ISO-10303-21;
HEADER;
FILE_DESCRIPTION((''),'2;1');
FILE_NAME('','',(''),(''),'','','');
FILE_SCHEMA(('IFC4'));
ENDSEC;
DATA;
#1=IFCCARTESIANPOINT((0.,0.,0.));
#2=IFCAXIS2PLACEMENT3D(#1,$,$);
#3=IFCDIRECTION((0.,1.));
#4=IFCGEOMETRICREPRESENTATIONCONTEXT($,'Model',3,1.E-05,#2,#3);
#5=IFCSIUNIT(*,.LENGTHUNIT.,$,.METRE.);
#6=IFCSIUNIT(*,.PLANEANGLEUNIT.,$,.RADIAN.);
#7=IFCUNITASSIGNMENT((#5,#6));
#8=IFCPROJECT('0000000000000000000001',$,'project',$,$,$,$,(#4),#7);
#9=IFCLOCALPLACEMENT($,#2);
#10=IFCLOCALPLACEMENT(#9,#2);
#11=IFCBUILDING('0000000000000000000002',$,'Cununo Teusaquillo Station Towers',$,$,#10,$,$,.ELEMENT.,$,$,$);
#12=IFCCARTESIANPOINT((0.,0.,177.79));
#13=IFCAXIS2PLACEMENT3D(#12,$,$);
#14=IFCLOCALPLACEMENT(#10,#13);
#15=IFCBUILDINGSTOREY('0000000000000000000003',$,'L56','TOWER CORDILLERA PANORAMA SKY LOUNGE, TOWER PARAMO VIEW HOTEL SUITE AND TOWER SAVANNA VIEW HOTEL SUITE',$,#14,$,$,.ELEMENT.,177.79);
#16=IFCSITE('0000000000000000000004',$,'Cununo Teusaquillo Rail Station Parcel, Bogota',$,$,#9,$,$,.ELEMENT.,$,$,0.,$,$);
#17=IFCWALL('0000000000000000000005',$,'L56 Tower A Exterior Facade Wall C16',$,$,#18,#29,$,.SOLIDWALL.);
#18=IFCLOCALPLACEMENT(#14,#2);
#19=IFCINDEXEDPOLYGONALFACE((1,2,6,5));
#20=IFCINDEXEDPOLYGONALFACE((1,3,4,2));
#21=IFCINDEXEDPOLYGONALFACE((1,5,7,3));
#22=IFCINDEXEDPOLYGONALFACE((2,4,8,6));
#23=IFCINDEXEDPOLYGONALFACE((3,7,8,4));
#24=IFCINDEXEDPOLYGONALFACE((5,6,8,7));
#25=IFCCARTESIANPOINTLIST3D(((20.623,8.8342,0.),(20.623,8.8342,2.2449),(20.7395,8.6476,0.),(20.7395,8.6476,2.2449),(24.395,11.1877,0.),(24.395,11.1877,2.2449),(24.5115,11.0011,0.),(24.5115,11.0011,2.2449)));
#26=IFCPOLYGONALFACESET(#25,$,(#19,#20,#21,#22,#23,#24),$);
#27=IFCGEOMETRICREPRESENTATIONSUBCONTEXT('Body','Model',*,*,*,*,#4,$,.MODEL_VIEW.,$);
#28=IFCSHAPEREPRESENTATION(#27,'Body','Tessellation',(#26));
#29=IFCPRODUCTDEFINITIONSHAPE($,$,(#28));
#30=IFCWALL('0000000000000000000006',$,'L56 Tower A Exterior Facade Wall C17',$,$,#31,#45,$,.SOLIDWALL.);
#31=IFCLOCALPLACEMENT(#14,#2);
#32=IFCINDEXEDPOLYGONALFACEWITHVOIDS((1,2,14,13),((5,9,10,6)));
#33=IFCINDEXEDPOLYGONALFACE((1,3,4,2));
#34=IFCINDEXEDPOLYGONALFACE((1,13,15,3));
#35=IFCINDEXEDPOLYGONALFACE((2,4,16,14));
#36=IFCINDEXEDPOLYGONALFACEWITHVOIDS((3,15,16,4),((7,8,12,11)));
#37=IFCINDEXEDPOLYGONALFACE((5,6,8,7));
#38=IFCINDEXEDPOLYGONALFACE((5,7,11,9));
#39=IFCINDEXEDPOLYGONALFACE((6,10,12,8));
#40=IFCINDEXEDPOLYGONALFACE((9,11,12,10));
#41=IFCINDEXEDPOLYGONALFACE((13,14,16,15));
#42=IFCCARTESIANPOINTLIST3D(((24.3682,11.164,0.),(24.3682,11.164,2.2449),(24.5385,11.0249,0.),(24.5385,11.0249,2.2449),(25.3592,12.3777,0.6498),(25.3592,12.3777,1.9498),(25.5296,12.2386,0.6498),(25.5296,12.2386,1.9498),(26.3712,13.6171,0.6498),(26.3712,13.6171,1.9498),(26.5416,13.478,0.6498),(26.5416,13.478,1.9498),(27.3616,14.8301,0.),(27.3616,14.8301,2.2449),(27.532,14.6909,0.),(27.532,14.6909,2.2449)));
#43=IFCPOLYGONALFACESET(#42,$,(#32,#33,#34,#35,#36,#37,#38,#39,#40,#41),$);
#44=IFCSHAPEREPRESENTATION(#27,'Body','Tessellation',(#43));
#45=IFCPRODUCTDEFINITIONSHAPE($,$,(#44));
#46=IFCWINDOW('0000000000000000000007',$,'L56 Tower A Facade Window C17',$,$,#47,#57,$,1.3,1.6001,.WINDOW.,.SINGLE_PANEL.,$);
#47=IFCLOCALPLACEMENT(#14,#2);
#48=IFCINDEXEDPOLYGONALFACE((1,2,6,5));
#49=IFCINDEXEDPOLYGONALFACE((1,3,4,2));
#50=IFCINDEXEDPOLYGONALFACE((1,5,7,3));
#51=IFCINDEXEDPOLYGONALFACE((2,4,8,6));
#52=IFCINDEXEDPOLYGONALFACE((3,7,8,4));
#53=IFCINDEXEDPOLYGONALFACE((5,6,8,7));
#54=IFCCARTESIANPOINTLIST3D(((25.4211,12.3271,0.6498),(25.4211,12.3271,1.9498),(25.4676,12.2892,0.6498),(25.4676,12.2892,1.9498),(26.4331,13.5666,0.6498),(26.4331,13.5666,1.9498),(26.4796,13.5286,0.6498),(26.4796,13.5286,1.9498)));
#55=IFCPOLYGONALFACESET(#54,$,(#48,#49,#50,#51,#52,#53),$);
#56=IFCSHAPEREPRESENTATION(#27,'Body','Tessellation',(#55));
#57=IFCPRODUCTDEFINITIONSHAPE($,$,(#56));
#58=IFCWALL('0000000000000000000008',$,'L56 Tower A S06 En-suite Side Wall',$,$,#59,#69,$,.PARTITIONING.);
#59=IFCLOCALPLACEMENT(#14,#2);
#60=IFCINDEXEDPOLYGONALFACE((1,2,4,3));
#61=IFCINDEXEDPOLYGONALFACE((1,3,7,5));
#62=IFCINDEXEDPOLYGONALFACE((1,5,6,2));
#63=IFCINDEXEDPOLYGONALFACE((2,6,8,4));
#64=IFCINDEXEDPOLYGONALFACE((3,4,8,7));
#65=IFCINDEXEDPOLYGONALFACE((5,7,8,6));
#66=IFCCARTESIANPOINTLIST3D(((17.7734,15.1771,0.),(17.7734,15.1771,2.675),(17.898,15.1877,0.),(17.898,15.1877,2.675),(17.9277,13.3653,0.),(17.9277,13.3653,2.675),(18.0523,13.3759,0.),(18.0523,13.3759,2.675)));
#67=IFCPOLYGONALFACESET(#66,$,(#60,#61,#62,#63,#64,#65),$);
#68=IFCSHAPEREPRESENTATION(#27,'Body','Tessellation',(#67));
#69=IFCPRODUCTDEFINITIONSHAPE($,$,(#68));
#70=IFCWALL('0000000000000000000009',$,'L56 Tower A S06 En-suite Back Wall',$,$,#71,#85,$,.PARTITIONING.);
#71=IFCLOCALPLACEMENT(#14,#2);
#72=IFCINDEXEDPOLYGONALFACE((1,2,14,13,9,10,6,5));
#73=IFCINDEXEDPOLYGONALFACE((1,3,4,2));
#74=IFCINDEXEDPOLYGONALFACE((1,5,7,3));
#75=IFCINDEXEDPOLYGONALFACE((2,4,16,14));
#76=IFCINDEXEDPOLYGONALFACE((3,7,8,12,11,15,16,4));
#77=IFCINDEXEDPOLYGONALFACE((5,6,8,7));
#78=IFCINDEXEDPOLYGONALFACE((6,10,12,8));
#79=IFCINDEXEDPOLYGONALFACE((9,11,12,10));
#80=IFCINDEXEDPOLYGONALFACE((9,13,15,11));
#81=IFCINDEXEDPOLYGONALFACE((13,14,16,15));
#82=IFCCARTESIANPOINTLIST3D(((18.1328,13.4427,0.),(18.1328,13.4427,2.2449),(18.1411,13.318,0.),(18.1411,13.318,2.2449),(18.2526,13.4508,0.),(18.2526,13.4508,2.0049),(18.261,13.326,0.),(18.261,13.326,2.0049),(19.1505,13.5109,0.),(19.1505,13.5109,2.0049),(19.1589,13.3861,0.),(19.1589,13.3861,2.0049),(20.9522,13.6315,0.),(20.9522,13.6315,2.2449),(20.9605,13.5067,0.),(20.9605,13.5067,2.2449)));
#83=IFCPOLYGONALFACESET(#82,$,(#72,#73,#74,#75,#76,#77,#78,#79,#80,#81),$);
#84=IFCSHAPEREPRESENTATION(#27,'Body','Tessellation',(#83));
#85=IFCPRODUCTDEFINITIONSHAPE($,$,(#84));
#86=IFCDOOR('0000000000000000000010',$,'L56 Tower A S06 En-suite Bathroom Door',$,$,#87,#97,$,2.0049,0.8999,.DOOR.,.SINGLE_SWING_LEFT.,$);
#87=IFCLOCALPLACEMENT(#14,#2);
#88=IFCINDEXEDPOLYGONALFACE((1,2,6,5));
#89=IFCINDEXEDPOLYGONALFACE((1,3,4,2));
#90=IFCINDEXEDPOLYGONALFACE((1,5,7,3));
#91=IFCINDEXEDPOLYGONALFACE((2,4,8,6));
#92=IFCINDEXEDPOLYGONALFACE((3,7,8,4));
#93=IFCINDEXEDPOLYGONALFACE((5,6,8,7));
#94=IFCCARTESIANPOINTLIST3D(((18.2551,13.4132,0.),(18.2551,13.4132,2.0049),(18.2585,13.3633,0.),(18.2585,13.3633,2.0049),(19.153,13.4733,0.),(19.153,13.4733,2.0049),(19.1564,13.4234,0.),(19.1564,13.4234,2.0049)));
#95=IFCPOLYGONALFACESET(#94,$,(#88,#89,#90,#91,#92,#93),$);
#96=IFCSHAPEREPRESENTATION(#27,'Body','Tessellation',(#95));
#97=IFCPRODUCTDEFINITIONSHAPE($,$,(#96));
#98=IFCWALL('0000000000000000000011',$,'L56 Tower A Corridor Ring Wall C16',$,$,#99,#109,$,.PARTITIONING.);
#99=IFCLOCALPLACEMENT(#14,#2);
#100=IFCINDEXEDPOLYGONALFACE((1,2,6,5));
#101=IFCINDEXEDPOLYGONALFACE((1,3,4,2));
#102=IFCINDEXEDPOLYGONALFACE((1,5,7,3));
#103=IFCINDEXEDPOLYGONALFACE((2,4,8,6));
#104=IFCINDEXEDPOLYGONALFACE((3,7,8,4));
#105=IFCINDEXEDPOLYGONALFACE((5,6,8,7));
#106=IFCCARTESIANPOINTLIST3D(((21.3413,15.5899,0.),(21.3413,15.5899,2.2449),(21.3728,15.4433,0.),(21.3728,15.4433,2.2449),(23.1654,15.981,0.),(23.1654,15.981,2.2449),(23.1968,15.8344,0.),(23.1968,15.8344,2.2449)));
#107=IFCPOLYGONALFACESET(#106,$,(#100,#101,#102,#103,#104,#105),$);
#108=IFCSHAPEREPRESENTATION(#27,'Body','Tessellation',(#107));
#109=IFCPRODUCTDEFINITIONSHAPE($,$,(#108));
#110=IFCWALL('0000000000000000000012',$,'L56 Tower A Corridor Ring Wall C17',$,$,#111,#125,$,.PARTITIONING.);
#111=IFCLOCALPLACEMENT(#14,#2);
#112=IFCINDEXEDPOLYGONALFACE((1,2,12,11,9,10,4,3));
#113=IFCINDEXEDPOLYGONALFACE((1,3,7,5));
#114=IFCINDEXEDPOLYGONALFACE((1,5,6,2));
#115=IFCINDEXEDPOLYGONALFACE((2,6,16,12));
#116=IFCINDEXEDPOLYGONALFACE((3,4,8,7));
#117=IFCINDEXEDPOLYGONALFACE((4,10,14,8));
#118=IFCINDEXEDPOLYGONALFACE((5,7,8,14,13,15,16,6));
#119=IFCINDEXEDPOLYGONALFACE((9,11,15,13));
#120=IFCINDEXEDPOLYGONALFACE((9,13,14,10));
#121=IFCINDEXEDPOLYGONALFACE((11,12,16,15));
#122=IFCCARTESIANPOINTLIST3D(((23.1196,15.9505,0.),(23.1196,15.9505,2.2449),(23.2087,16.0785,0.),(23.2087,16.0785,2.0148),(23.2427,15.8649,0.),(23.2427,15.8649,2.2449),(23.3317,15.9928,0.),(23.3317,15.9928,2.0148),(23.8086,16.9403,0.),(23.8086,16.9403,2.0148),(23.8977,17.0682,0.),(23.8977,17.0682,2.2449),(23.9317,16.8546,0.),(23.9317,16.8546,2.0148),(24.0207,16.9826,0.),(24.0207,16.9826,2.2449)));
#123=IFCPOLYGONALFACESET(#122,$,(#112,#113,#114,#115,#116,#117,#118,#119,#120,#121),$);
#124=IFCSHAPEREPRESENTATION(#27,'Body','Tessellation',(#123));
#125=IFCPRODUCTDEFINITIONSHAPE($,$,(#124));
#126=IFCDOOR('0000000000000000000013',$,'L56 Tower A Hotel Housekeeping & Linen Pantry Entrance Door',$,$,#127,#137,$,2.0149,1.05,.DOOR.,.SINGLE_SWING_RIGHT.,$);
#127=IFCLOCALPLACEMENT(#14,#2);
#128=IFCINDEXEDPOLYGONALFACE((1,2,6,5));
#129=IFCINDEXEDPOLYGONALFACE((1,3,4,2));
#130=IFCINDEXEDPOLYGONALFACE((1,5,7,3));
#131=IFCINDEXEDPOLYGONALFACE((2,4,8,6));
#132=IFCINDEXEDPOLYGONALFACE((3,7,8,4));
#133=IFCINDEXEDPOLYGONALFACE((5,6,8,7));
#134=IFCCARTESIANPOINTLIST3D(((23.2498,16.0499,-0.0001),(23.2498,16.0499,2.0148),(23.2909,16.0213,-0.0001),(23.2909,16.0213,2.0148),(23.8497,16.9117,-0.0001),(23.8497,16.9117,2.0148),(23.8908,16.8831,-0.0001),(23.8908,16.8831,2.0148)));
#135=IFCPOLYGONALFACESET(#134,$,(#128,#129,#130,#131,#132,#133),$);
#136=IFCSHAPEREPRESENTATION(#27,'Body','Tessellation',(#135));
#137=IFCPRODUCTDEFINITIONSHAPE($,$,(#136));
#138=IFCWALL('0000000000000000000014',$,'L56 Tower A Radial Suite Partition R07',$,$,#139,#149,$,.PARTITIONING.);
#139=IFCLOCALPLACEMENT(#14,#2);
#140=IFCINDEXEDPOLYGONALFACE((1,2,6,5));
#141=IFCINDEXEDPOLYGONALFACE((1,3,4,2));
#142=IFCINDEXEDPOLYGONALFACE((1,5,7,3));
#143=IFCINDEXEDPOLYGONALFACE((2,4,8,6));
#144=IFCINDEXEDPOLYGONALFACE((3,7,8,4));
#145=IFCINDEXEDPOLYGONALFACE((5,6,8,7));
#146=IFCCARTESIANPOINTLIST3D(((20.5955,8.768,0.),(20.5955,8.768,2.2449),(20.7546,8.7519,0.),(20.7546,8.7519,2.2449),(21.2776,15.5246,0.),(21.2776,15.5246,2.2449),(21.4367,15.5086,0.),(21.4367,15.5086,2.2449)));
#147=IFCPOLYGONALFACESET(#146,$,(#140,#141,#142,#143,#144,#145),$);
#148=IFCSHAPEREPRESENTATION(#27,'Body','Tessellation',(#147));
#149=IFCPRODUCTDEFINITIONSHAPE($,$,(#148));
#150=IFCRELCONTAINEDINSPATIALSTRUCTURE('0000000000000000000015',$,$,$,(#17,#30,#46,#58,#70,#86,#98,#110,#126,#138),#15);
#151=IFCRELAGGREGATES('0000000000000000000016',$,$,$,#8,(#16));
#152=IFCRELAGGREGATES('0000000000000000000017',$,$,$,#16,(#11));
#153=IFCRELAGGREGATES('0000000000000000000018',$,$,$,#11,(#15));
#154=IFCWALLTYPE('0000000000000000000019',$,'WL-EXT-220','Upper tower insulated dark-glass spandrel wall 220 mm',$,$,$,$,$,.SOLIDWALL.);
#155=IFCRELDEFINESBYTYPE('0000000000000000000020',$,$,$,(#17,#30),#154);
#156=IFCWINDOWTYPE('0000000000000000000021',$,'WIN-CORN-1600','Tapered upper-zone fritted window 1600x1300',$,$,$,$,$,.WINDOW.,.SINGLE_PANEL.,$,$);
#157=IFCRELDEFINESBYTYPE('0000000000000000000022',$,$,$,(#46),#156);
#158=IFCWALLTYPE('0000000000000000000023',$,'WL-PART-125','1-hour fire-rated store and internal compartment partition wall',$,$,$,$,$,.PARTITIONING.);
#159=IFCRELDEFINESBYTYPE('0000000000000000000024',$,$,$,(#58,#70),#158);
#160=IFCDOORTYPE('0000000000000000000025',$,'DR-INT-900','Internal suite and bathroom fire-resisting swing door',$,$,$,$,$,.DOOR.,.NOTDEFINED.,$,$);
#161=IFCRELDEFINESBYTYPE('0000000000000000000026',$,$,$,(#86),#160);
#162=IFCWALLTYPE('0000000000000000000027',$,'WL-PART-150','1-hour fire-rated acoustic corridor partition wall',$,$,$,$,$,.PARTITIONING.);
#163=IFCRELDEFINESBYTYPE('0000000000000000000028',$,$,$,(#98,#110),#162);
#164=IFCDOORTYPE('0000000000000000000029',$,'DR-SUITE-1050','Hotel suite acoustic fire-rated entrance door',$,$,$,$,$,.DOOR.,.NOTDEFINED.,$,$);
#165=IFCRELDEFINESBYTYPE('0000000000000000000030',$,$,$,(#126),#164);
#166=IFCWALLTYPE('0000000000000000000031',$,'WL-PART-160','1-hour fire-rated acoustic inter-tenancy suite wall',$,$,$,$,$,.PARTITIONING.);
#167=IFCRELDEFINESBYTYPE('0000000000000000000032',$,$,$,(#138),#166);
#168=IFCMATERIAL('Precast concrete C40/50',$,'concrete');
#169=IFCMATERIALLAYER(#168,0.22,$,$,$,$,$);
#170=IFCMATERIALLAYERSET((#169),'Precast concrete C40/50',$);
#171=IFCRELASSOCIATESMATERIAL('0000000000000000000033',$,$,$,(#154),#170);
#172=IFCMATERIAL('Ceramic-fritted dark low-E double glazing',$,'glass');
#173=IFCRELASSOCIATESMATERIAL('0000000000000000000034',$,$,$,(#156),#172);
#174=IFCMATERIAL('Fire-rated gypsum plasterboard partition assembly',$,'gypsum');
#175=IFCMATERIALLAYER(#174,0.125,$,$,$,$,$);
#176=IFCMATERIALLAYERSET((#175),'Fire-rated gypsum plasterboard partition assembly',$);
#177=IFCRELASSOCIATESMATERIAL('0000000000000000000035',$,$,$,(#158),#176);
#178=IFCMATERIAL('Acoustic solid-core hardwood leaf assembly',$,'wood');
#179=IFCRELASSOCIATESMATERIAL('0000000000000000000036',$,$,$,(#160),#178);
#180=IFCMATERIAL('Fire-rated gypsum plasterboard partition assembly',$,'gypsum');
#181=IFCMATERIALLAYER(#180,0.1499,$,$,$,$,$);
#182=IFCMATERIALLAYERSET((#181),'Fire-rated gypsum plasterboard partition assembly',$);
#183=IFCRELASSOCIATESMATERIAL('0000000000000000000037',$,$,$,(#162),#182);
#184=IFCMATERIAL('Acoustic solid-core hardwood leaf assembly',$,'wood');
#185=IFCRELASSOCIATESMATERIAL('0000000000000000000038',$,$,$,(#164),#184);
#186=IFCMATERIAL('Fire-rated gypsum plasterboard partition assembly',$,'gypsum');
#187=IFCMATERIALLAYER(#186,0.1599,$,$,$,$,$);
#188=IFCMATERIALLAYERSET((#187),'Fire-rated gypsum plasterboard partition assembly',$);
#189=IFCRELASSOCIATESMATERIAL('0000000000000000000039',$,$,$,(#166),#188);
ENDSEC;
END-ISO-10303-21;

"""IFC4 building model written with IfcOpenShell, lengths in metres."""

from ifc_helpers import new_model, si_unit, direction, frame, frame_2d, origin, place, context, subcontext, project, spatial, rectangle, extrude, source, transform, mapped, material, layer, layer_set, type_object, element, fill, save


model = new_model("IFC4")

# Units and contexts
model_context = context("Model", 3, precision=1e-05, world=origin(), true_north=direction((0.0, 1.0)))
body_context = subcontext(model_context, "Body", "Model", "MODEL_VIEW")
ifc_project = project(units=[si_unit("LENGTHUNIT", "METRE"), si_unit("PLANEANGLEUNIT", "RADIAN")], contexts=[model_context])

# Site, building, storey
site_placement = place(None, origin())
site = spatial("IfcSite", under=ifc_project, at=site_placement, Name="Cununo Teusaquillo Rail Station Parcel, Bogota", CompositionType="ELEMENT", RefElevation=0.0)
building_placement = place(site_placement, origin())
building = spatial("IfcBuilding", under=site, at=building_placement, Name="Cununo Teusaquillo Station Towers", CompositionType="ELEMENT")
storey_placement = place(building_placement, frame((0.0, 0.0, 177.79)))
storey = spatial("IfcBuildingStorey", under=building, at=storey_placement, Name="L56", Description="TOWER CORDILLERA PANORAMA SKY LOUNGE, TOWER PARAMO VIEW HOTEL SUITE AND TOWER SAVANNA VIEW HOTEL SUITE", CompositionType="ELEMENT", Elevation=177.79)

# Shared definitions
ifc_material_1 = material(Name="Precast concrete C40/50", Category="concrete")
ifc_layer_1 = layer(ifc_material_1, 0.22)
ifc_layer_set_1 = layer_set([ifc_layer_1], Name="Precast concrete C40/50")
wall_type_1 = type_object("IfcWallType", Name="WL-EXT-220", Description="Upper tower insulated dark-glass spandrel wall 220 mm", PredefinedType="SOLIDWALL", material=ifc_layer_set_1)

# Shared definitions
shared_shape_1 = source(origin(), body_context, "Body", "SweptSolid", [
    extrude(rectangle(XDim=1.6001, YDim=1.3, at=frame_2d((0.8, 0.6499))), frame((0.0, 0.1199, 0.0), z_axis=(0.0, -1.0, 0.0), x_axis=(1.0, 0.0, 0.0)), (0.0, 0.0, 1.0), 0.24),
])
ifc_material_2 = material(Name="Ceramic-fritted dark low-E double glazing", Category="glass")
window_type = type_object("IfcWindowType", Name="WIN-CORN-1600", Description="Tapered upper-zone fritted window 1600x1300", PartitioningType="SINGLE_PANEL", PredefinedType="WINDOW", material=ifc_material_2)
shared_shape_2 = source(origin(), body_context, "Body", "SweptSolid", [
    extrude(rectangle(XDim=1.6001, YDim=1.3, at=frame_2d((0.8, 0.6499))), frame((0.0, 0.03, 0.0), z_axis=(0.0, -1.0, 0.0), x_axis=(1.0, 0.0, 0.0)), (0.0, 0.0, 1.0), 0.0601),
])

# Wall
wall_1_placement = place(storey_placement, frame((24.4534, 11.0945, 0.0), z_axis=(0.0, 0.0, 1.0), x_axis=(-0.848399, -0.529357, 0.0)))
element("IfcWall", 1, at=wall_1_placement, inside=storey, type_object=wall_type_1, Name="L56 Tower A Exterior Facade Wall C16", PredefinedType="SOLIDWALL", context=body_context, shape_type="SweptSolid", body=[
    extrude(rectangle(XDim=4.446, YDim=0.22, at=frame_2d((2.2231, 0.0))), origin(), (0.0, 0.0, 1.0), 2.2449),
])

# Wall, opening, window
wall_2_placement = place(storey_placement, frame((27.4468, 14.7605, 0.0), z_axis=(0.0, 0.0, 1.0), x_axis=(-0.632471, -0.774584, 0.0)))
wall_2 = element("IfcWall", 2, at=wall_2_placement, inside=storey, type_object=wall_type_1, Name="L56 Tower A Exterior Facade Wall C17", PredefinedType="SOLIDWALL", context=body_context, shape_type="SweptSolid", body=[
    extrude(rectangle(XDim=4.7329, YDim=0.22, at=frame_2d((2.3665, 0.0))), origin(), (0.0, 0.0, 1.0), 2.2449),
])
opening_1_placement = place(wall_2_placement, frame((1.5659, 0.0, 0.6499)))
opening_1 = element("IfcOpeningElement", 3, at=opening_1_placement, cuts=wall_2, PredefinedType="OPENING", context=body_context, shape_type="MappedRepresentation", body=[
    mapped(shared_shape_1, transform((0.0, 0.0, 0.0), x_axis=(1.0, 0.0, 0.0), y_axis=(0.0, 1.0, 0.0), z_axis=(0.0, 0.0, 1.0), scale=1.0)),
])
window_1_placement = place(opening_1_placement, origin())
window_1 = element("IfcWindow", 4, at=window_1_placement, inside=storey, type_object=window_type, Name="L56 Tower A Facade Window C17", OverallHeight=1.3, OverallWidth=1.6001, PartitioningType="SINGLE_PANEL", PredefinedType="WINDOW", context=body_context, shape_type="MappedRepresentation", body=[
    mapped(shared_shape_2, transform((0.0, 0.0, 0.0), x_axis=(1.0, 0.0, 0.0), y_axis=(0.0, 1.0, 0.0), z_axis=(0.0, 0.0, 1.0), scale=1.0)),
])
fill(opening_1, window_1)

# Wall
ifc_material_3 = material(Name="Fire-rated gypsum plasterboard partition assembly", Category="gypsum")
ifc_layer_2 = layer(ifc_material_3, 0.125)
ifc_layer_set_2 = layer_set([ifc_layer_2], Name="Fire-rated gypsum plasterboard partition assembly")
wall_type_2 = type_object("IfcWallType", Name="WL-PART-125", Description="1-hour fire-rated store and internal compartment partition wall", PredefinedType="PARTITIONING", material=ifc_layer_set_2)
wall_3_placement = place(storey_placement, frame((17.8357, 15.1824, 0.0), z_axis=(0.0, 0.0, 1.0), x_axis=(0.084857, -0.996393, 0.0)))
element("IfcWall", 5, at=wall_3_placement, inside=storey, type_object=wall_type_2, Name="L56 Tower A S06 En-suite Side Wall", PredefinedType="PARTITIONING", context=body_context, shape_type="SweptSolid", body=[
    extrude(rectangle(XDim=1.8184, YDim=0.125, at=frame_2d((0.9092, 0.0))), origin(), (0.0, 0.0, 1.0), 2.675),
])

# Wall, opening, door
wall_4_placement = place(storey_placement, frame((18.137, 13.3804, 0.0), z_axis=(0.0, 0.0, 1.0), x_axis=(0.997767, 0.066789, 0.0)))
wall_4 = element("IfcWall", 6, at=wall_4_placement, inside=storey, type_object=wall_type_2, Name="L56 Tower A S06 En-suite Back Wall", PredefinedType="PARTITIONING", context=body_context, shape_type="SweptSolid", body=[
    extrude(rectangle(XDim=2.8257, YDim=0.125, at=frame_2d((1.4128, 0.0))), origin(), (0.0, 0.0, 1.0), 2.2449),
])
shared_shape_3 = source(origin(), body_context, "Body", "SweptSolid", [
    extrude(rectangle(XDim=0.8999, YDim=2.0049, at=frame_2d((0.45, 1.0024))), frame((0.0, 0.0725, 0.0), z_axis=(0.0, -1.0, 0.0), x_axis=(1.0, 0.0, 0.0)), (0.0, 0.0, 1.0), 0.145),
])
opening_2_placement = place(wall_4_placement, frame((0.1201, 0.0, 0.0)))
opening_2 = element("IfcOpeningElement", 7, at=opening_2_placement, cuts=wall_4, PredefinedType="OPENING", context=body_context, shape_type="MappedRepresentation", body=[
    mapped(shared_shape_3, transform((0.0, 0.0, 0.0), x_axis=(1.0, 0.0, 0.0), y_axis=(0.0, 1.0, 0.0), z_axis=(0.0, 0.0, 1.0), scale=1.0)),
])
ifc_material_4 = material(Name="Acoustic solid-core hardwood leaf assembly", Category="wood")
door_type_1 = type_object("IfcDoorType", Name="DR-INT-900", Description="Internal suite and bathroom fire-resisting swing door", OperationType="NOTDEFINED", PredefinedType="DOOR", material=ifc_material_4)
shared_shape_4 = source(origin(), body_context, "Body", "SweptSolid", [
    extrude(rectangle(XDim=0.8999, YDim=2.0049, at=frame_2d((0.45, 1.0024))), frame((0.0, 0.0249, 0.0), z_axis=(0.0, -1.0, 0.0), x_axis=(1.0, 0.0, 0.0)), (0.0, 0.0, 1.0), 0.05),
])
door_1_placement = place(opening_2_placement, origin())
door_1 = element("IfcDoor", 8, at=door_1_placement, inside=storey, type_object=door_type_1, Name="L56 Tower A S06 En-suite Bathroom Door", OperationType="SINGLE_SWING_LEFT", OverallHeight=2.0049, OverallWidth=0.8999, PredefinedType="DOOR", context=body_context, shape_type="MappedRepresentation", body=[
    mapped(shared_shape_4, transform((0.0, 0.0, 0.0), x_axis=(1.0, 0.0, 0.0), y_axis=(0.0, 1.0, 0.0), z_axis=(0.0, 0.0, 1.0), scale=1.0)),
])
fill(opening_2, door_1)

# Wall
ifc_material_5 = material(Name="Fire-rated gypsum plasterboard partition assembly", Category="gypsum")
ifc_layer_3 = layer(ifc_material_5, 0.1499)
ifc_layer_set_3 = layer_set([ifc_layer_3], Name="Fire-rated gypsum plasterboard partition assembly")
wall_type_3 = type_object("IfcWallType", Name="WL-PART-150", Description="1-hour fire-rated acoustic corridor partition wall", PredefinedType="PARTITIONING", material=ifc_layer_set_3)
wall_5_placement = place(storey_placement, frame((21.3572, 15.5166, 0.0), z_axis=(0.0, 0.0, 1.0), x_axis=(0.977774, 0.209663, 0.0)))
element("IfcWall", 9, at=wall_5_placement, inside=storey, type_object=wall_type_3, Name="L56 Tower A Corridor Ring Wall C16", PredefinedType="PARTITIONING", context=body_context, shape_type="SweptSolid", body=[
    extrude(rectangle(XDim=1.8655, YDim=0.1499, at=frame_2d((0.9326, 0.0))), origin(), (0.0, 0.0, 1.0), 2.2449),
])

# Wall, opening, door
wall_6_placement = place(storey_placement, frame((23.1812, 15.9077, 0.0), z_axis=(0.0, 0.0, 1.0), x_axis=(0.571343, 0.820711, 0.0)))
wall_6 = element("IfcWall", 10, at=wall_6_placement, inside=storey, type_object=wall_type_3, Name="L56 Tower A Corridor Ring Wall C17", PredefinedType="PARTITIONING", context=body_context, shape_type="SweptSolid", body=[
    extrude(rectangle(XDim=1.3618, YDim=0.1499, at=frame_2d((0.6809, 0.0))), origin(), (0.0, 0.0, 1.0), 2.2449),
])
shared_shape_5 = source(origin(), body_context, "Body", "SweptSolid", [
    extrude(rectangle(XDim=1.05, YDim=2.0149, at=frame_2d((0.5249, 1.0073))), frame((0.0, 0.085, 0.0), z_axis=(0.0, -1.0, 0.0), x_axis=(1.0, 0.0, 0.0)), (0.0, 0.0, 1.0), 0.1699),
])
opening_3_placement = place(wall_6_placement, frame((0.156, 0.0, 0.0)))
opening_3 = element("IfcOpeningElement", 11, at=opening_3_placement, cuts=wall_6, PredefinedType="OPENING", context=body_context, shape_type="MappedRepresentation", body=[
    mapped(shared_shape_5, transform((0.0, 0.0, 0.0), x_axis=(1.0, 0.0, 0.0), y_axis=(0.0, 1.0, 0.0), z_axis=(0.0, 0.0, 1.0), scale=1.0)),
])
ifc_material_6 = material(Name="Acoustic solid-core hardwood leaf assembly", Category="wood")
door_type_2 = type_object("IfcDoorType", Name="DR-SUITE-1050", Description="Hotel suite acoustic fire-rated entrance door", OperationType="NOTDEFINED", PredefinedType="DOOR", material=ifc_material_6)
shared_shape_6 = source(origin(), body_context, "Body", "SweptSolid", [
    extrude(rectangle(XDim=1.05, YDim=2.0149, at=frame_2d((0.5249, 1.0073))), frame((0.0, 0.0249, 0.0), z_axis=(0.0, -1.0, 0.0), x_axis=(1.0, 0.0, 0.0)), (0.0, 0.0, 1.0), 0.05),
])
door_2_placement = place(opening_3_placement, origin())
door_2 = element("IfcDoor", 12, at=door_2_placement, inside=storey, type_object=door_type_2, Name="L56 Tower A Hotel Housekeeping & Linen Pantry Entrance Door", OperationType="SINGLE_SWING_RIGHT", OverallHeight=2.0149, OverallWidth=1.05, PredefinedType="DOOR", context=body_context, shape_type="MappedRepresentation", body=[
    mapped(shared_shape_6, transform((0.0, 0.0, 0.0), x_axis=(1.0, 0.0, 0.0), y_axis=(0.0, 1.0, 0.0), z_axis=(0.0, 0.0, 1.0), scale=1.0)),
])
fill(opening_3, door_2)

# Wall
ifc_material_7 = material(Name="Fire-rated gypsum plasterboard partition assembly", Category="gypsum")
ifc_layer_4 = layer(ifc_material_7, 0.1599)
ifc_layer_set_4 = layer_set([ifc_layer_4], Name="Fire-rated gypsum plasterboard partition assembly")
wall_type_4 = type_object("IfcWallType", Name="WL-PART-160", Description="1-hour fire-rated acoustic inter-tenancy suite wall", PredefinedType="PARTITIONING", material=ifc_layer_set_4)
wall_7_placement = place(storey_placement, frame((21.3572, 15.5166, 0.0), z_axis=(0.0, 0.0, 1.0), x_axis=(-0.100447, -0.994942, 0.0)))
element("IfcWall", 13, at=wall_7_placement, inside=storey, type_object=wall_type_4, Name="L56 Tower A Radial Suite Partition R07", PredefinedType="PARTITIONING", context=body_context, shape_type="SweptSolid", body=[
    extrude(rectangle(XDim=6.791, YDim=0.1599, at=frame_2d((3.3955, 0.0))), origin(), (0.0, 0.0, 1.0), 2.2449),
])

save(model, "model.ifc")
